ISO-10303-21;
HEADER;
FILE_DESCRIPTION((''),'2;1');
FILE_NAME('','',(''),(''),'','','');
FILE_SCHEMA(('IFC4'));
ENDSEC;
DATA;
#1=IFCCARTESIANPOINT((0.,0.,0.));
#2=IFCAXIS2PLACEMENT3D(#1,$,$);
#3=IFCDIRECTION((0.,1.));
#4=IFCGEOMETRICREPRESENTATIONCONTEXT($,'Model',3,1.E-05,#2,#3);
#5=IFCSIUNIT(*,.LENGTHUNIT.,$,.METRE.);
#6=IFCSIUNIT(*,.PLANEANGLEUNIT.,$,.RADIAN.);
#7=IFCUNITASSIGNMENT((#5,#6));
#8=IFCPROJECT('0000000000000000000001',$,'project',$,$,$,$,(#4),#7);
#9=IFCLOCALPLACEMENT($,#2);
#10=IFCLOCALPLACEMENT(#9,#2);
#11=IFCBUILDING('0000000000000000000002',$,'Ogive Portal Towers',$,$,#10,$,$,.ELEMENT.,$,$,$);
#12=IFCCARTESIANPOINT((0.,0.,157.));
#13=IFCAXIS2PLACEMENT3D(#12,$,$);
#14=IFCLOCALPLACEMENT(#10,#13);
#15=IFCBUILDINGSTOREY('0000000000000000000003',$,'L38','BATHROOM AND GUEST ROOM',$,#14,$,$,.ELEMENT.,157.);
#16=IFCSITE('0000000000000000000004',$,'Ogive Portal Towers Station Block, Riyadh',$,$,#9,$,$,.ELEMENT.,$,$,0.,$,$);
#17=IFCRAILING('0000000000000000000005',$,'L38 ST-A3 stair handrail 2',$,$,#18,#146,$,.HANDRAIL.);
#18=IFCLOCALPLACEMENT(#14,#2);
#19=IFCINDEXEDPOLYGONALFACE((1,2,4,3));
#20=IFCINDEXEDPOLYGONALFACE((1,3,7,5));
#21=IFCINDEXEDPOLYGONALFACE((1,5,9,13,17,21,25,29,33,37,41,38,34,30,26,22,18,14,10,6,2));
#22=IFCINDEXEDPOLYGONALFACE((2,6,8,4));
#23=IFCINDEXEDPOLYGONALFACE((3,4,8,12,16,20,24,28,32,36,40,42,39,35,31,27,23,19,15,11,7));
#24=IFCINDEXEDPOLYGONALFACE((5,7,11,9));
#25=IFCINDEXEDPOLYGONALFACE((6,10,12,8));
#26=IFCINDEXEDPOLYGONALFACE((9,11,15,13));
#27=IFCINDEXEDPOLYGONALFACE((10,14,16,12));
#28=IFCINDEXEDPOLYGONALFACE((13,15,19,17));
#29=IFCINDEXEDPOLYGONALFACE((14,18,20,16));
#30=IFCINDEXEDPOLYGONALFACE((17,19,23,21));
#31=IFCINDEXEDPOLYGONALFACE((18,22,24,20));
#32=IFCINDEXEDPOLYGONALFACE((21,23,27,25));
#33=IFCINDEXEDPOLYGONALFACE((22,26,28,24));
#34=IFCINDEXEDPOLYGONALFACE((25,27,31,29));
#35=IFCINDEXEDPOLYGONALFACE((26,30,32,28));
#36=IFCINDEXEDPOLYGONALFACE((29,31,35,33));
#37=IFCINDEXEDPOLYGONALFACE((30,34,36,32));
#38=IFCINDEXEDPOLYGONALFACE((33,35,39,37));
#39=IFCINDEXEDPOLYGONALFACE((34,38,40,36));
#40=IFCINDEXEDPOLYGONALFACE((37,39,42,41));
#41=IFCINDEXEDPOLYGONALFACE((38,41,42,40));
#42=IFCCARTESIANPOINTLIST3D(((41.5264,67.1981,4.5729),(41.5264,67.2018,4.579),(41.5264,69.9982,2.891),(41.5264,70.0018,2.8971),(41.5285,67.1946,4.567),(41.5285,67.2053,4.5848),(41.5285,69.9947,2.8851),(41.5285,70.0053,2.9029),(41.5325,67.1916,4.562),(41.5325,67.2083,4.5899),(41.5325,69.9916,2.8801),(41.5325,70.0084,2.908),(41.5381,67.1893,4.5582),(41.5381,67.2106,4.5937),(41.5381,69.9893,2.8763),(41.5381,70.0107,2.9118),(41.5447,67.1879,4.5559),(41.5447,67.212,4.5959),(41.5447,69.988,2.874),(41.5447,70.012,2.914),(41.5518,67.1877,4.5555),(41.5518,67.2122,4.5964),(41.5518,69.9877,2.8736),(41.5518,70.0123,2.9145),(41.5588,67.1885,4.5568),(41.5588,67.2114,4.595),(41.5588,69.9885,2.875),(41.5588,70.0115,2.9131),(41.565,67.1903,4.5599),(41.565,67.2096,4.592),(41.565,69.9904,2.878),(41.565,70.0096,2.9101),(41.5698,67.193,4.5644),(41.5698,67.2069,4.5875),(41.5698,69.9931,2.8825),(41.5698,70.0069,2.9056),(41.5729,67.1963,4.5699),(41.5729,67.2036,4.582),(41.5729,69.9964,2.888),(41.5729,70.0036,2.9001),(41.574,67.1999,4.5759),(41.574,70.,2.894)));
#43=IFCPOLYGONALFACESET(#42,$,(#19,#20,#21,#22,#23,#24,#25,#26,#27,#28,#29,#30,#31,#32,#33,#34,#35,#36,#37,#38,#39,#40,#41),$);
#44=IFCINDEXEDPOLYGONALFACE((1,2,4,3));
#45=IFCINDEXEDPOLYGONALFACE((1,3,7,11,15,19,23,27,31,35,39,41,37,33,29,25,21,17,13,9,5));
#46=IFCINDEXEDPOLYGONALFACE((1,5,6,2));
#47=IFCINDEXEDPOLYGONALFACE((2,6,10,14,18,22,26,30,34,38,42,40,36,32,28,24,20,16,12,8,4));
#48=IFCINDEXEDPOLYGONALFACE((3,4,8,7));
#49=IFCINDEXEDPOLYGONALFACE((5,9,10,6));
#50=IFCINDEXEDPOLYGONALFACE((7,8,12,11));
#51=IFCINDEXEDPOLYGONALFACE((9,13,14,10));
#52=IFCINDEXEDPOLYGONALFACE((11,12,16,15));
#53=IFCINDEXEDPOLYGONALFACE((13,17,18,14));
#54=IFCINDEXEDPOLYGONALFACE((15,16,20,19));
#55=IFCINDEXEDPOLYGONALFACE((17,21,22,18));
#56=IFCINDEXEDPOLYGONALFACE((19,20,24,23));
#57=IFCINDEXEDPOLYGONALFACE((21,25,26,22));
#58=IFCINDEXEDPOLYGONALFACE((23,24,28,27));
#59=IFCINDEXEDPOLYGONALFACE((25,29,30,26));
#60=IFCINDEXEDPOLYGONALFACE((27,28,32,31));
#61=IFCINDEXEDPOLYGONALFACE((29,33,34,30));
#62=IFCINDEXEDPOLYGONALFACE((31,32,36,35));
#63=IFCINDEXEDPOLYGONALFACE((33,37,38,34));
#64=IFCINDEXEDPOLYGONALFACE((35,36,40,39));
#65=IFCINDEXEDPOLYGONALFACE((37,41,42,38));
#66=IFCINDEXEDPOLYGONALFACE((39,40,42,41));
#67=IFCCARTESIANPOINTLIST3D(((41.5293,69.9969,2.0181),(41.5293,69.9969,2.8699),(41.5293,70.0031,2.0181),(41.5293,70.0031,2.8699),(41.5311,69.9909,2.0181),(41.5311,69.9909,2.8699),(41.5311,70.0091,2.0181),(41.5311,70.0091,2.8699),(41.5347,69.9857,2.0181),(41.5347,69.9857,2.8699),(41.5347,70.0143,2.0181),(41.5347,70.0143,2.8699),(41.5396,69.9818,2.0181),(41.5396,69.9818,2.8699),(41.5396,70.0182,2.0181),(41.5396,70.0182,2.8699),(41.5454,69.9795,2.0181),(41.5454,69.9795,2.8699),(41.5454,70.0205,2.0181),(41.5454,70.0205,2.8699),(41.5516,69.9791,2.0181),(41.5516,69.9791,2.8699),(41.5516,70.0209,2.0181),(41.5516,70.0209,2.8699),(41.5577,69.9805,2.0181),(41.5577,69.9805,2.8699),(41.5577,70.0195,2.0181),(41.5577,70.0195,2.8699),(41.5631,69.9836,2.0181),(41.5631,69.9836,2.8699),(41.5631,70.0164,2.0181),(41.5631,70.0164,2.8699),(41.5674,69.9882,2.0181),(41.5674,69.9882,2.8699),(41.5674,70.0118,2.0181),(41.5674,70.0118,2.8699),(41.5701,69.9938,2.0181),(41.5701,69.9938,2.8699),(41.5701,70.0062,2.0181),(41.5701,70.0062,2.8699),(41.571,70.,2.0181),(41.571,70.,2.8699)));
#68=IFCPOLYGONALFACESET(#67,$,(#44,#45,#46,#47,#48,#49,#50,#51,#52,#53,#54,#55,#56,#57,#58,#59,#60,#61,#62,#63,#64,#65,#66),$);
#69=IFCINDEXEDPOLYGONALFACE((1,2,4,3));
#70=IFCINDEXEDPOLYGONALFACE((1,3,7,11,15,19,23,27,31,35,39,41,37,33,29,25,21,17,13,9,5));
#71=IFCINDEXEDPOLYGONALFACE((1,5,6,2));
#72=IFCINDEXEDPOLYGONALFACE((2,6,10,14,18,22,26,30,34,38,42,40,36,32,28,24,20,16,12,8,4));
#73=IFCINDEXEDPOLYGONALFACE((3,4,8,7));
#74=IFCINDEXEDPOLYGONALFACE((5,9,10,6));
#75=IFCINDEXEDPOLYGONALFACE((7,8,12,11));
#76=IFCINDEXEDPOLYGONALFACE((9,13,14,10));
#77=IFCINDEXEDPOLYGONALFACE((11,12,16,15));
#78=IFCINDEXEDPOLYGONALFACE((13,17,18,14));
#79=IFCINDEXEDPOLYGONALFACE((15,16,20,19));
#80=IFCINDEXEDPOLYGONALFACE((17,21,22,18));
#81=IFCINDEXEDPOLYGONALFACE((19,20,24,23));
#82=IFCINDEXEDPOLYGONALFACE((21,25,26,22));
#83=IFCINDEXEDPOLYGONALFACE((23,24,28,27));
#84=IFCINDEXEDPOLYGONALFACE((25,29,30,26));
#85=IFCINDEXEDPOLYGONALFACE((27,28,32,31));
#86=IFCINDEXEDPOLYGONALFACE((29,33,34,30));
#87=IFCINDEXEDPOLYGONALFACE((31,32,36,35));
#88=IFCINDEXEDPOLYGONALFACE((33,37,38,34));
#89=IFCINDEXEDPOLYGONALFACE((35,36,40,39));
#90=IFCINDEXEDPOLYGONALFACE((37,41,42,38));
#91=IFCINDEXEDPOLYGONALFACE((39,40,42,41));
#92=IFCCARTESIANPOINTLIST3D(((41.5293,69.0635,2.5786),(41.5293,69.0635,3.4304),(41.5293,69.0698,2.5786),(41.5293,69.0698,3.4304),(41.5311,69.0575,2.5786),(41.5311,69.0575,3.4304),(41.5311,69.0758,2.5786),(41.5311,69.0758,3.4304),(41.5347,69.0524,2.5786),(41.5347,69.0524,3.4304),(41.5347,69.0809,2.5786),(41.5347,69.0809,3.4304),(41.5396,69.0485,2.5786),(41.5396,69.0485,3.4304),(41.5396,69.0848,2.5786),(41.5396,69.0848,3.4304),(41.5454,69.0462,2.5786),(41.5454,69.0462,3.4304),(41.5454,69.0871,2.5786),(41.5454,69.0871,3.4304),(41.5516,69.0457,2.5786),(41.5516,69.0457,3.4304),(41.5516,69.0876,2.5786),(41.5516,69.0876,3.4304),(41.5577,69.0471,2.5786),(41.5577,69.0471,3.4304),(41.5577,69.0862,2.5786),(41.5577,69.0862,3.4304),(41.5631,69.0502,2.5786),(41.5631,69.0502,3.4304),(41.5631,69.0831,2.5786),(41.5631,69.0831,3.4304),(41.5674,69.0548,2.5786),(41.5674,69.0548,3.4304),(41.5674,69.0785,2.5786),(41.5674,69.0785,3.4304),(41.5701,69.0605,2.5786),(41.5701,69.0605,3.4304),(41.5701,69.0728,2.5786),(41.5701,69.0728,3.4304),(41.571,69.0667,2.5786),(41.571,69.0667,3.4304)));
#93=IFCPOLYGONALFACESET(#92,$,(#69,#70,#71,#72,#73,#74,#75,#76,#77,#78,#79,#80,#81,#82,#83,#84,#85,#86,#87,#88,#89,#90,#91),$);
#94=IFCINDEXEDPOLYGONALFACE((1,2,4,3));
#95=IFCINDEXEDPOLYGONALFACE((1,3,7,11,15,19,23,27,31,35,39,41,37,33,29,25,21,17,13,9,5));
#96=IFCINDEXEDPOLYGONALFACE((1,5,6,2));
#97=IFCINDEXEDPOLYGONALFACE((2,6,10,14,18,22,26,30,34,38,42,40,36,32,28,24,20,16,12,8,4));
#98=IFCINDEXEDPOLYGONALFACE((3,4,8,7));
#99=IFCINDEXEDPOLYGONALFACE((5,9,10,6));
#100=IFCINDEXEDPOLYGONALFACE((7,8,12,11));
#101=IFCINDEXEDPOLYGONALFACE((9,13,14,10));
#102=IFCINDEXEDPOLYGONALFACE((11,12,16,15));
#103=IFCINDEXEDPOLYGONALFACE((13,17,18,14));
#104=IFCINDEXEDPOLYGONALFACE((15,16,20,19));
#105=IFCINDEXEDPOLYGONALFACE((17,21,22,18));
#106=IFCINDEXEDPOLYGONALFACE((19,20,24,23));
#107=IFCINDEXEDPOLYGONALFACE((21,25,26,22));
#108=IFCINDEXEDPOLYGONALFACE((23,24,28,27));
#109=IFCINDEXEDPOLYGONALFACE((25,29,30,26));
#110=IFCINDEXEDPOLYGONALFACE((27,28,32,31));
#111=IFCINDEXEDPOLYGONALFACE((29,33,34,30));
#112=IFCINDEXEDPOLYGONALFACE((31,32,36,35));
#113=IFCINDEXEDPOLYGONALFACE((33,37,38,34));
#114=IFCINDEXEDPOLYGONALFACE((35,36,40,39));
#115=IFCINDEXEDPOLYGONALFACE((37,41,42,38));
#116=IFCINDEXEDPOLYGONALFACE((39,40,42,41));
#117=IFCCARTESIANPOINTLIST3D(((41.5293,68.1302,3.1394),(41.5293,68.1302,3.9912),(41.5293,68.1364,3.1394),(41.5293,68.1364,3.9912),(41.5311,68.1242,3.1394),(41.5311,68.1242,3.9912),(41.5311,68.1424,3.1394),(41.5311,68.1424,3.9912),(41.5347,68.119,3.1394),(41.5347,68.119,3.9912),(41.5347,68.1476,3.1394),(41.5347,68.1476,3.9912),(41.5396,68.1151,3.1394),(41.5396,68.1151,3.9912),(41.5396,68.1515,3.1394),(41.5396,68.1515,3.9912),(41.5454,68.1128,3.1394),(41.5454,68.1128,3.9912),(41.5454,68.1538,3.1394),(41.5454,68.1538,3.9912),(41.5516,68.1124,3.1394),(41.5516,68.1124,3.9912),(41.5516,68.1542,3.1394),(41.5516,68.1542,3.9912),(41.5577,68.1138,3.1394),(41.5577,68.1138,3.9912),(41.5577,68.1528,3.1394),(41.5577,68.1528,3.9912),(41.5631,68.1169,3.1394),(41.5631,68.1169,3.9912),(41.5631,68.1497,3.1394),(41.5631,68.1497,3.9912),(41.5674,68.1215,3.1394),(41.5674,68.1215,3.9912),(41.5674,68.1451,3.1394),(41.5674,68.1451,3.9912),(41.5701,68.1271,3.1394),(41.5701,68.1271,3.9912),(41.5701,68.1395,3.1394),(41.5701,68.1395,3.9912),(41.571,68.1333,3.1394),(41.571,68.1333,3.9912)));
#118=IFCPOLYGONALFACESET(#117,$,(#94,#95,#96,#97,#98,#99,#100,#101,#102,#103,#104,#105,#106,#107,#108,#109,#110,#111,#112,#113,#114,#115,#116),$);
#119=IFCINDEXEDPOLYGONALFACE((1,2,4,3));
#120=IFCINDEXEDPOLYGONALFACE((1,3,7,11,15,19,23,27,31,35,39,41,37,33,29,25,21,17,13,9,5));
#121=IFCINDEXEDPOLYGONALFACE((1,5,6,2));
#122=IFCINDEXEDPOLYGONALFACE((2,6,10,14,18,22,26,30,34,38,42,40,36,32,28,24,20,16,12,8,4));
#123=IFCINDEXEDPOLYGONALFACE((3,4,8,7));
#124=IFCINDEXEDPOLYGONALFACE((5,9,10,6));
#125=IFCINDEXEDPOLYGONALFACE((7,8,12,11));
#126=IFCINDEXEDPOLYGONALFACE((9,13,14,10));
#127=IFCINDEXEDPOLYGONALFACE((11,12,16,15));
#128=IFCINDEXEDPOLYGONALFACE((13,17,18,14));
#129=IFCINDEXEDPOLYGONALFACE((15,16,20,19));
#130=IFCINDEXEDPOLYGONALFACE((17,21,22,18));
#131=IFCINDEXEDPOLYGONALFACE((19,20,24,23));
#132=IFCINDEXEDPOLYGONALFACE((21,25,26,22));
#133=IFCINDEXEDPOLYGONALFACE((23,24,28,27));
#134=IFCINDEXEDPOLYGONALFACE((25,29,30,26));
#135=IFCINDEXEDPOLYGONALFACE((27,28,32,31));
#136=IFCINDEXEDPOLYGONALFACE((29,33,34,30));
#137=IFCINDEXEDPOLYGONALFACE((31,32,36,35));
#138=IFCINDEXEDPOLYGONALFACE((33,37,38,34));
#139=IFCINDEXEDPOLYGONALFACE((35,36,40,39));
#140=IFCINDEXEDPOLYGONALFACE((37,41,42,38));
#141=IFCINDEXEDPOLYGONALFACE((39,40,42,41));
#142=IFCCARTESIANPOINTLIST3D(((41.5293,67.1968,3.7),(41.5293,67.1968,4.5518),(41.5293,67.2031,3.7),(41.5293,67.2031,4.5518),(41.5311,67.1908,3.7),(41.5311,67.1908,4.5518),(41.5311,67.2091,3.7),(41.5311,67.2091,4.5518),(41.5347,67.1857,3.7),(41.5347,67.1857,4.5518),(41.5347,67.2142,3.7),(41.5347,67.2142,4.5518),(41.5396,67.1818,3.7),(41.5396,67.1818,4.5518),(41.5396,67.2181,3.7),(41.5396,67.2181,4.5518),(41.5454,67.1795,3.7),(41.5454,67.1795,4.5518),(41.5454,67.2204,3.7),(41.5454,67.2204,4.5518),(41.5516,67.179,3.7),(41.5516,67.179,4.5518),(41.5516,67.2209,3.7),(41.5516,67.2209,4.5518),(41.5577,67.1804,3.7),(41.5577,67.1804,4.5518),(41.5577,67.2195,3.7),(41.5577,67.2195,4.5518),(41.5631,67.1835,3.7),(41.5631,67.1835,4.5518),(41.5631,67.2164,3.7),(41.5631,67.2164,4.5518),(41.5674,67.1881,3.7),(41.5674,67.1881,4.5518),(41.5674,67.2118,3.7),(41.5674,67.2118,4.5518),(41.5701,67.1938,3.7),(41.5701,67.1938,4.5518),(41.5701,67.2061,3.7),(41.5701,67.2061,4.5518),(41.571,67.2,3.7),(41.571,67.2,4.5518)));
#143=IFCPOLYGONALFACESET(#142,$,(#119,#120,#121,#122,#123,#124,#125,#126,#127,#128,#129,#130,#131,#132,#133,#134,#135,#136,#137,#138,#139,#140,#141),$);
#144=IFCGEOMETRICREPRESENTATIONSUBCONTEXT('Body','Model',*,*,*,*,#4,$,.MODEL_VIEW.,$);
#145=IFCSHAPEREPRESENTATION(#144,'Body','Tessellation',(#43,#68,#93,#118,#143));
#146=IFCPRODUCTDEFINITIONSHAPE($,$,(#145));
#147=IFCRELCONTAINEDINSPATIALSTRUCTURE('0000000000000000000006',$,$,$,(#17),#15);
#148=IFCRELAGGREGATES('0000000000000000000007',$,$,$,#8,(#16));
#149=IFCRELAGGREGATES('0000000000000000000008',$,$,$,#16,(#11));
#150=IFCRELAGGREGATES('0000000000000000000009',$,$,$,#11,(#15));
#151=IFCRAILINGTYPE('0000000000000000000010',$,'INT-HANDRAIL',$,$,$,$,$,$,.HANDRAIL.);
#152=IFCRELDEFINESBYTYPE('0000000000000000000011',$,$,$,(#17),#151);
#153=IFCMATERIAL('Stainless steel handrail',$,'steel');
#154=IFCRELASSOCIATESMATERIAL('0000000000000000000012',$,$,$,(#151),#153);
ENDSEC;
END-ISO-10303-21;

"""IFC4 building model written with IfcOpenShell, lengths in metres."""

from ifc_helpers import new_model, si_unit, direction, frame, origin, origin_2d, place, context, subcontext, project, spatial, circle, extrude, material, type_object, element, save


model = new_model("IFC4")

# Units and contexts
model_context = context("Model", 3, precision=1e-05, world=origin(), true_north=direction((0.0, 1.0)))
body_context = subcontext(model_context, "Body", "Model", "MODEL_VIEW")
ifc_project = project(units=[si_unit("LENGTHUNIT", "METRE"), si_unit("PLANEANGLEUNIT", "RADIAN")], contexts=[model_context])

# Site, building, storey
site_placement = place(None, origin())
site = spatial("IfcSite", under=ifc_project, at=site_placement, Name="Ogive Portal Towers Station Block, Riyadh", CompositionType="ELEMENT", RefElevation=0.0)
building_placement = place(site_placement, origin())
building = spatial("IfcBuilding", under=site, at=building_placement, Name="Ogive Portal Towers", CompositionType="ELEMENT")
storey_placement = place(building_placement, frame((0.0, 0.0, 157.0)))
storey = spatial("IfcBuildingStorey", under=building, at=storey_placement, Name="L38", Description="BATHROOM AND GUEST ROOM", CompositionType="ELEMENT", Elevation=157.0)

# Railing
ifc_material_1 = material(Name="Stainless steel handrail", Category="steel")
railing_type_1 = type_object("IfcRailingType", Name="INT-HANDRAIL", PredefinedType="HANDRAIL", material=ifc_material_1)
railing_1_placement = place(storey_placement, frame((41.55, 70.0, 2.0181)))
element("IfcRailing", 1, at=railing_1_placement, inside=storey, type_object=railing_type_1, Name="L38 ST-A3 stair handrail 2", PredefinedType="HANDRAIL", context=body_context, shape_type="SweptSolid", body=[
    extrude(circle(Radius=0.0239, at=origin_2d()), frame((0.0, 0.0, 0.876), z_axis=(0.0, -0.857242, 0.514913), x_axis=(1.0, 0.0, 0.0)), (0.0, 0.0, 1.0), 3.2664),
    extrude(circle(Radius=0.021, at=origin_2d()), origin(), (0.0, 0.0, 1.0), 0.8518),
    extrude(circle(Radius=0.021, at=origin_2d()), frame((0.0, -0.9333, 0.5605)), (0.0, 0.0, 1.0), 0.8518),
    extrude(circle(Radius=0.021, at=origin_2d()), frame((0.0, -1.8667, 1.1213)), (0.0, 0.0, 1.0), 0.8518),
    extrude(circle(Radius=0.021, at=origin_2d()), frame((0.0, -2.8, 1.6819)), (0.0, 0.0, 1.0), 0.8518),
])

save(model, "model.ifc")
